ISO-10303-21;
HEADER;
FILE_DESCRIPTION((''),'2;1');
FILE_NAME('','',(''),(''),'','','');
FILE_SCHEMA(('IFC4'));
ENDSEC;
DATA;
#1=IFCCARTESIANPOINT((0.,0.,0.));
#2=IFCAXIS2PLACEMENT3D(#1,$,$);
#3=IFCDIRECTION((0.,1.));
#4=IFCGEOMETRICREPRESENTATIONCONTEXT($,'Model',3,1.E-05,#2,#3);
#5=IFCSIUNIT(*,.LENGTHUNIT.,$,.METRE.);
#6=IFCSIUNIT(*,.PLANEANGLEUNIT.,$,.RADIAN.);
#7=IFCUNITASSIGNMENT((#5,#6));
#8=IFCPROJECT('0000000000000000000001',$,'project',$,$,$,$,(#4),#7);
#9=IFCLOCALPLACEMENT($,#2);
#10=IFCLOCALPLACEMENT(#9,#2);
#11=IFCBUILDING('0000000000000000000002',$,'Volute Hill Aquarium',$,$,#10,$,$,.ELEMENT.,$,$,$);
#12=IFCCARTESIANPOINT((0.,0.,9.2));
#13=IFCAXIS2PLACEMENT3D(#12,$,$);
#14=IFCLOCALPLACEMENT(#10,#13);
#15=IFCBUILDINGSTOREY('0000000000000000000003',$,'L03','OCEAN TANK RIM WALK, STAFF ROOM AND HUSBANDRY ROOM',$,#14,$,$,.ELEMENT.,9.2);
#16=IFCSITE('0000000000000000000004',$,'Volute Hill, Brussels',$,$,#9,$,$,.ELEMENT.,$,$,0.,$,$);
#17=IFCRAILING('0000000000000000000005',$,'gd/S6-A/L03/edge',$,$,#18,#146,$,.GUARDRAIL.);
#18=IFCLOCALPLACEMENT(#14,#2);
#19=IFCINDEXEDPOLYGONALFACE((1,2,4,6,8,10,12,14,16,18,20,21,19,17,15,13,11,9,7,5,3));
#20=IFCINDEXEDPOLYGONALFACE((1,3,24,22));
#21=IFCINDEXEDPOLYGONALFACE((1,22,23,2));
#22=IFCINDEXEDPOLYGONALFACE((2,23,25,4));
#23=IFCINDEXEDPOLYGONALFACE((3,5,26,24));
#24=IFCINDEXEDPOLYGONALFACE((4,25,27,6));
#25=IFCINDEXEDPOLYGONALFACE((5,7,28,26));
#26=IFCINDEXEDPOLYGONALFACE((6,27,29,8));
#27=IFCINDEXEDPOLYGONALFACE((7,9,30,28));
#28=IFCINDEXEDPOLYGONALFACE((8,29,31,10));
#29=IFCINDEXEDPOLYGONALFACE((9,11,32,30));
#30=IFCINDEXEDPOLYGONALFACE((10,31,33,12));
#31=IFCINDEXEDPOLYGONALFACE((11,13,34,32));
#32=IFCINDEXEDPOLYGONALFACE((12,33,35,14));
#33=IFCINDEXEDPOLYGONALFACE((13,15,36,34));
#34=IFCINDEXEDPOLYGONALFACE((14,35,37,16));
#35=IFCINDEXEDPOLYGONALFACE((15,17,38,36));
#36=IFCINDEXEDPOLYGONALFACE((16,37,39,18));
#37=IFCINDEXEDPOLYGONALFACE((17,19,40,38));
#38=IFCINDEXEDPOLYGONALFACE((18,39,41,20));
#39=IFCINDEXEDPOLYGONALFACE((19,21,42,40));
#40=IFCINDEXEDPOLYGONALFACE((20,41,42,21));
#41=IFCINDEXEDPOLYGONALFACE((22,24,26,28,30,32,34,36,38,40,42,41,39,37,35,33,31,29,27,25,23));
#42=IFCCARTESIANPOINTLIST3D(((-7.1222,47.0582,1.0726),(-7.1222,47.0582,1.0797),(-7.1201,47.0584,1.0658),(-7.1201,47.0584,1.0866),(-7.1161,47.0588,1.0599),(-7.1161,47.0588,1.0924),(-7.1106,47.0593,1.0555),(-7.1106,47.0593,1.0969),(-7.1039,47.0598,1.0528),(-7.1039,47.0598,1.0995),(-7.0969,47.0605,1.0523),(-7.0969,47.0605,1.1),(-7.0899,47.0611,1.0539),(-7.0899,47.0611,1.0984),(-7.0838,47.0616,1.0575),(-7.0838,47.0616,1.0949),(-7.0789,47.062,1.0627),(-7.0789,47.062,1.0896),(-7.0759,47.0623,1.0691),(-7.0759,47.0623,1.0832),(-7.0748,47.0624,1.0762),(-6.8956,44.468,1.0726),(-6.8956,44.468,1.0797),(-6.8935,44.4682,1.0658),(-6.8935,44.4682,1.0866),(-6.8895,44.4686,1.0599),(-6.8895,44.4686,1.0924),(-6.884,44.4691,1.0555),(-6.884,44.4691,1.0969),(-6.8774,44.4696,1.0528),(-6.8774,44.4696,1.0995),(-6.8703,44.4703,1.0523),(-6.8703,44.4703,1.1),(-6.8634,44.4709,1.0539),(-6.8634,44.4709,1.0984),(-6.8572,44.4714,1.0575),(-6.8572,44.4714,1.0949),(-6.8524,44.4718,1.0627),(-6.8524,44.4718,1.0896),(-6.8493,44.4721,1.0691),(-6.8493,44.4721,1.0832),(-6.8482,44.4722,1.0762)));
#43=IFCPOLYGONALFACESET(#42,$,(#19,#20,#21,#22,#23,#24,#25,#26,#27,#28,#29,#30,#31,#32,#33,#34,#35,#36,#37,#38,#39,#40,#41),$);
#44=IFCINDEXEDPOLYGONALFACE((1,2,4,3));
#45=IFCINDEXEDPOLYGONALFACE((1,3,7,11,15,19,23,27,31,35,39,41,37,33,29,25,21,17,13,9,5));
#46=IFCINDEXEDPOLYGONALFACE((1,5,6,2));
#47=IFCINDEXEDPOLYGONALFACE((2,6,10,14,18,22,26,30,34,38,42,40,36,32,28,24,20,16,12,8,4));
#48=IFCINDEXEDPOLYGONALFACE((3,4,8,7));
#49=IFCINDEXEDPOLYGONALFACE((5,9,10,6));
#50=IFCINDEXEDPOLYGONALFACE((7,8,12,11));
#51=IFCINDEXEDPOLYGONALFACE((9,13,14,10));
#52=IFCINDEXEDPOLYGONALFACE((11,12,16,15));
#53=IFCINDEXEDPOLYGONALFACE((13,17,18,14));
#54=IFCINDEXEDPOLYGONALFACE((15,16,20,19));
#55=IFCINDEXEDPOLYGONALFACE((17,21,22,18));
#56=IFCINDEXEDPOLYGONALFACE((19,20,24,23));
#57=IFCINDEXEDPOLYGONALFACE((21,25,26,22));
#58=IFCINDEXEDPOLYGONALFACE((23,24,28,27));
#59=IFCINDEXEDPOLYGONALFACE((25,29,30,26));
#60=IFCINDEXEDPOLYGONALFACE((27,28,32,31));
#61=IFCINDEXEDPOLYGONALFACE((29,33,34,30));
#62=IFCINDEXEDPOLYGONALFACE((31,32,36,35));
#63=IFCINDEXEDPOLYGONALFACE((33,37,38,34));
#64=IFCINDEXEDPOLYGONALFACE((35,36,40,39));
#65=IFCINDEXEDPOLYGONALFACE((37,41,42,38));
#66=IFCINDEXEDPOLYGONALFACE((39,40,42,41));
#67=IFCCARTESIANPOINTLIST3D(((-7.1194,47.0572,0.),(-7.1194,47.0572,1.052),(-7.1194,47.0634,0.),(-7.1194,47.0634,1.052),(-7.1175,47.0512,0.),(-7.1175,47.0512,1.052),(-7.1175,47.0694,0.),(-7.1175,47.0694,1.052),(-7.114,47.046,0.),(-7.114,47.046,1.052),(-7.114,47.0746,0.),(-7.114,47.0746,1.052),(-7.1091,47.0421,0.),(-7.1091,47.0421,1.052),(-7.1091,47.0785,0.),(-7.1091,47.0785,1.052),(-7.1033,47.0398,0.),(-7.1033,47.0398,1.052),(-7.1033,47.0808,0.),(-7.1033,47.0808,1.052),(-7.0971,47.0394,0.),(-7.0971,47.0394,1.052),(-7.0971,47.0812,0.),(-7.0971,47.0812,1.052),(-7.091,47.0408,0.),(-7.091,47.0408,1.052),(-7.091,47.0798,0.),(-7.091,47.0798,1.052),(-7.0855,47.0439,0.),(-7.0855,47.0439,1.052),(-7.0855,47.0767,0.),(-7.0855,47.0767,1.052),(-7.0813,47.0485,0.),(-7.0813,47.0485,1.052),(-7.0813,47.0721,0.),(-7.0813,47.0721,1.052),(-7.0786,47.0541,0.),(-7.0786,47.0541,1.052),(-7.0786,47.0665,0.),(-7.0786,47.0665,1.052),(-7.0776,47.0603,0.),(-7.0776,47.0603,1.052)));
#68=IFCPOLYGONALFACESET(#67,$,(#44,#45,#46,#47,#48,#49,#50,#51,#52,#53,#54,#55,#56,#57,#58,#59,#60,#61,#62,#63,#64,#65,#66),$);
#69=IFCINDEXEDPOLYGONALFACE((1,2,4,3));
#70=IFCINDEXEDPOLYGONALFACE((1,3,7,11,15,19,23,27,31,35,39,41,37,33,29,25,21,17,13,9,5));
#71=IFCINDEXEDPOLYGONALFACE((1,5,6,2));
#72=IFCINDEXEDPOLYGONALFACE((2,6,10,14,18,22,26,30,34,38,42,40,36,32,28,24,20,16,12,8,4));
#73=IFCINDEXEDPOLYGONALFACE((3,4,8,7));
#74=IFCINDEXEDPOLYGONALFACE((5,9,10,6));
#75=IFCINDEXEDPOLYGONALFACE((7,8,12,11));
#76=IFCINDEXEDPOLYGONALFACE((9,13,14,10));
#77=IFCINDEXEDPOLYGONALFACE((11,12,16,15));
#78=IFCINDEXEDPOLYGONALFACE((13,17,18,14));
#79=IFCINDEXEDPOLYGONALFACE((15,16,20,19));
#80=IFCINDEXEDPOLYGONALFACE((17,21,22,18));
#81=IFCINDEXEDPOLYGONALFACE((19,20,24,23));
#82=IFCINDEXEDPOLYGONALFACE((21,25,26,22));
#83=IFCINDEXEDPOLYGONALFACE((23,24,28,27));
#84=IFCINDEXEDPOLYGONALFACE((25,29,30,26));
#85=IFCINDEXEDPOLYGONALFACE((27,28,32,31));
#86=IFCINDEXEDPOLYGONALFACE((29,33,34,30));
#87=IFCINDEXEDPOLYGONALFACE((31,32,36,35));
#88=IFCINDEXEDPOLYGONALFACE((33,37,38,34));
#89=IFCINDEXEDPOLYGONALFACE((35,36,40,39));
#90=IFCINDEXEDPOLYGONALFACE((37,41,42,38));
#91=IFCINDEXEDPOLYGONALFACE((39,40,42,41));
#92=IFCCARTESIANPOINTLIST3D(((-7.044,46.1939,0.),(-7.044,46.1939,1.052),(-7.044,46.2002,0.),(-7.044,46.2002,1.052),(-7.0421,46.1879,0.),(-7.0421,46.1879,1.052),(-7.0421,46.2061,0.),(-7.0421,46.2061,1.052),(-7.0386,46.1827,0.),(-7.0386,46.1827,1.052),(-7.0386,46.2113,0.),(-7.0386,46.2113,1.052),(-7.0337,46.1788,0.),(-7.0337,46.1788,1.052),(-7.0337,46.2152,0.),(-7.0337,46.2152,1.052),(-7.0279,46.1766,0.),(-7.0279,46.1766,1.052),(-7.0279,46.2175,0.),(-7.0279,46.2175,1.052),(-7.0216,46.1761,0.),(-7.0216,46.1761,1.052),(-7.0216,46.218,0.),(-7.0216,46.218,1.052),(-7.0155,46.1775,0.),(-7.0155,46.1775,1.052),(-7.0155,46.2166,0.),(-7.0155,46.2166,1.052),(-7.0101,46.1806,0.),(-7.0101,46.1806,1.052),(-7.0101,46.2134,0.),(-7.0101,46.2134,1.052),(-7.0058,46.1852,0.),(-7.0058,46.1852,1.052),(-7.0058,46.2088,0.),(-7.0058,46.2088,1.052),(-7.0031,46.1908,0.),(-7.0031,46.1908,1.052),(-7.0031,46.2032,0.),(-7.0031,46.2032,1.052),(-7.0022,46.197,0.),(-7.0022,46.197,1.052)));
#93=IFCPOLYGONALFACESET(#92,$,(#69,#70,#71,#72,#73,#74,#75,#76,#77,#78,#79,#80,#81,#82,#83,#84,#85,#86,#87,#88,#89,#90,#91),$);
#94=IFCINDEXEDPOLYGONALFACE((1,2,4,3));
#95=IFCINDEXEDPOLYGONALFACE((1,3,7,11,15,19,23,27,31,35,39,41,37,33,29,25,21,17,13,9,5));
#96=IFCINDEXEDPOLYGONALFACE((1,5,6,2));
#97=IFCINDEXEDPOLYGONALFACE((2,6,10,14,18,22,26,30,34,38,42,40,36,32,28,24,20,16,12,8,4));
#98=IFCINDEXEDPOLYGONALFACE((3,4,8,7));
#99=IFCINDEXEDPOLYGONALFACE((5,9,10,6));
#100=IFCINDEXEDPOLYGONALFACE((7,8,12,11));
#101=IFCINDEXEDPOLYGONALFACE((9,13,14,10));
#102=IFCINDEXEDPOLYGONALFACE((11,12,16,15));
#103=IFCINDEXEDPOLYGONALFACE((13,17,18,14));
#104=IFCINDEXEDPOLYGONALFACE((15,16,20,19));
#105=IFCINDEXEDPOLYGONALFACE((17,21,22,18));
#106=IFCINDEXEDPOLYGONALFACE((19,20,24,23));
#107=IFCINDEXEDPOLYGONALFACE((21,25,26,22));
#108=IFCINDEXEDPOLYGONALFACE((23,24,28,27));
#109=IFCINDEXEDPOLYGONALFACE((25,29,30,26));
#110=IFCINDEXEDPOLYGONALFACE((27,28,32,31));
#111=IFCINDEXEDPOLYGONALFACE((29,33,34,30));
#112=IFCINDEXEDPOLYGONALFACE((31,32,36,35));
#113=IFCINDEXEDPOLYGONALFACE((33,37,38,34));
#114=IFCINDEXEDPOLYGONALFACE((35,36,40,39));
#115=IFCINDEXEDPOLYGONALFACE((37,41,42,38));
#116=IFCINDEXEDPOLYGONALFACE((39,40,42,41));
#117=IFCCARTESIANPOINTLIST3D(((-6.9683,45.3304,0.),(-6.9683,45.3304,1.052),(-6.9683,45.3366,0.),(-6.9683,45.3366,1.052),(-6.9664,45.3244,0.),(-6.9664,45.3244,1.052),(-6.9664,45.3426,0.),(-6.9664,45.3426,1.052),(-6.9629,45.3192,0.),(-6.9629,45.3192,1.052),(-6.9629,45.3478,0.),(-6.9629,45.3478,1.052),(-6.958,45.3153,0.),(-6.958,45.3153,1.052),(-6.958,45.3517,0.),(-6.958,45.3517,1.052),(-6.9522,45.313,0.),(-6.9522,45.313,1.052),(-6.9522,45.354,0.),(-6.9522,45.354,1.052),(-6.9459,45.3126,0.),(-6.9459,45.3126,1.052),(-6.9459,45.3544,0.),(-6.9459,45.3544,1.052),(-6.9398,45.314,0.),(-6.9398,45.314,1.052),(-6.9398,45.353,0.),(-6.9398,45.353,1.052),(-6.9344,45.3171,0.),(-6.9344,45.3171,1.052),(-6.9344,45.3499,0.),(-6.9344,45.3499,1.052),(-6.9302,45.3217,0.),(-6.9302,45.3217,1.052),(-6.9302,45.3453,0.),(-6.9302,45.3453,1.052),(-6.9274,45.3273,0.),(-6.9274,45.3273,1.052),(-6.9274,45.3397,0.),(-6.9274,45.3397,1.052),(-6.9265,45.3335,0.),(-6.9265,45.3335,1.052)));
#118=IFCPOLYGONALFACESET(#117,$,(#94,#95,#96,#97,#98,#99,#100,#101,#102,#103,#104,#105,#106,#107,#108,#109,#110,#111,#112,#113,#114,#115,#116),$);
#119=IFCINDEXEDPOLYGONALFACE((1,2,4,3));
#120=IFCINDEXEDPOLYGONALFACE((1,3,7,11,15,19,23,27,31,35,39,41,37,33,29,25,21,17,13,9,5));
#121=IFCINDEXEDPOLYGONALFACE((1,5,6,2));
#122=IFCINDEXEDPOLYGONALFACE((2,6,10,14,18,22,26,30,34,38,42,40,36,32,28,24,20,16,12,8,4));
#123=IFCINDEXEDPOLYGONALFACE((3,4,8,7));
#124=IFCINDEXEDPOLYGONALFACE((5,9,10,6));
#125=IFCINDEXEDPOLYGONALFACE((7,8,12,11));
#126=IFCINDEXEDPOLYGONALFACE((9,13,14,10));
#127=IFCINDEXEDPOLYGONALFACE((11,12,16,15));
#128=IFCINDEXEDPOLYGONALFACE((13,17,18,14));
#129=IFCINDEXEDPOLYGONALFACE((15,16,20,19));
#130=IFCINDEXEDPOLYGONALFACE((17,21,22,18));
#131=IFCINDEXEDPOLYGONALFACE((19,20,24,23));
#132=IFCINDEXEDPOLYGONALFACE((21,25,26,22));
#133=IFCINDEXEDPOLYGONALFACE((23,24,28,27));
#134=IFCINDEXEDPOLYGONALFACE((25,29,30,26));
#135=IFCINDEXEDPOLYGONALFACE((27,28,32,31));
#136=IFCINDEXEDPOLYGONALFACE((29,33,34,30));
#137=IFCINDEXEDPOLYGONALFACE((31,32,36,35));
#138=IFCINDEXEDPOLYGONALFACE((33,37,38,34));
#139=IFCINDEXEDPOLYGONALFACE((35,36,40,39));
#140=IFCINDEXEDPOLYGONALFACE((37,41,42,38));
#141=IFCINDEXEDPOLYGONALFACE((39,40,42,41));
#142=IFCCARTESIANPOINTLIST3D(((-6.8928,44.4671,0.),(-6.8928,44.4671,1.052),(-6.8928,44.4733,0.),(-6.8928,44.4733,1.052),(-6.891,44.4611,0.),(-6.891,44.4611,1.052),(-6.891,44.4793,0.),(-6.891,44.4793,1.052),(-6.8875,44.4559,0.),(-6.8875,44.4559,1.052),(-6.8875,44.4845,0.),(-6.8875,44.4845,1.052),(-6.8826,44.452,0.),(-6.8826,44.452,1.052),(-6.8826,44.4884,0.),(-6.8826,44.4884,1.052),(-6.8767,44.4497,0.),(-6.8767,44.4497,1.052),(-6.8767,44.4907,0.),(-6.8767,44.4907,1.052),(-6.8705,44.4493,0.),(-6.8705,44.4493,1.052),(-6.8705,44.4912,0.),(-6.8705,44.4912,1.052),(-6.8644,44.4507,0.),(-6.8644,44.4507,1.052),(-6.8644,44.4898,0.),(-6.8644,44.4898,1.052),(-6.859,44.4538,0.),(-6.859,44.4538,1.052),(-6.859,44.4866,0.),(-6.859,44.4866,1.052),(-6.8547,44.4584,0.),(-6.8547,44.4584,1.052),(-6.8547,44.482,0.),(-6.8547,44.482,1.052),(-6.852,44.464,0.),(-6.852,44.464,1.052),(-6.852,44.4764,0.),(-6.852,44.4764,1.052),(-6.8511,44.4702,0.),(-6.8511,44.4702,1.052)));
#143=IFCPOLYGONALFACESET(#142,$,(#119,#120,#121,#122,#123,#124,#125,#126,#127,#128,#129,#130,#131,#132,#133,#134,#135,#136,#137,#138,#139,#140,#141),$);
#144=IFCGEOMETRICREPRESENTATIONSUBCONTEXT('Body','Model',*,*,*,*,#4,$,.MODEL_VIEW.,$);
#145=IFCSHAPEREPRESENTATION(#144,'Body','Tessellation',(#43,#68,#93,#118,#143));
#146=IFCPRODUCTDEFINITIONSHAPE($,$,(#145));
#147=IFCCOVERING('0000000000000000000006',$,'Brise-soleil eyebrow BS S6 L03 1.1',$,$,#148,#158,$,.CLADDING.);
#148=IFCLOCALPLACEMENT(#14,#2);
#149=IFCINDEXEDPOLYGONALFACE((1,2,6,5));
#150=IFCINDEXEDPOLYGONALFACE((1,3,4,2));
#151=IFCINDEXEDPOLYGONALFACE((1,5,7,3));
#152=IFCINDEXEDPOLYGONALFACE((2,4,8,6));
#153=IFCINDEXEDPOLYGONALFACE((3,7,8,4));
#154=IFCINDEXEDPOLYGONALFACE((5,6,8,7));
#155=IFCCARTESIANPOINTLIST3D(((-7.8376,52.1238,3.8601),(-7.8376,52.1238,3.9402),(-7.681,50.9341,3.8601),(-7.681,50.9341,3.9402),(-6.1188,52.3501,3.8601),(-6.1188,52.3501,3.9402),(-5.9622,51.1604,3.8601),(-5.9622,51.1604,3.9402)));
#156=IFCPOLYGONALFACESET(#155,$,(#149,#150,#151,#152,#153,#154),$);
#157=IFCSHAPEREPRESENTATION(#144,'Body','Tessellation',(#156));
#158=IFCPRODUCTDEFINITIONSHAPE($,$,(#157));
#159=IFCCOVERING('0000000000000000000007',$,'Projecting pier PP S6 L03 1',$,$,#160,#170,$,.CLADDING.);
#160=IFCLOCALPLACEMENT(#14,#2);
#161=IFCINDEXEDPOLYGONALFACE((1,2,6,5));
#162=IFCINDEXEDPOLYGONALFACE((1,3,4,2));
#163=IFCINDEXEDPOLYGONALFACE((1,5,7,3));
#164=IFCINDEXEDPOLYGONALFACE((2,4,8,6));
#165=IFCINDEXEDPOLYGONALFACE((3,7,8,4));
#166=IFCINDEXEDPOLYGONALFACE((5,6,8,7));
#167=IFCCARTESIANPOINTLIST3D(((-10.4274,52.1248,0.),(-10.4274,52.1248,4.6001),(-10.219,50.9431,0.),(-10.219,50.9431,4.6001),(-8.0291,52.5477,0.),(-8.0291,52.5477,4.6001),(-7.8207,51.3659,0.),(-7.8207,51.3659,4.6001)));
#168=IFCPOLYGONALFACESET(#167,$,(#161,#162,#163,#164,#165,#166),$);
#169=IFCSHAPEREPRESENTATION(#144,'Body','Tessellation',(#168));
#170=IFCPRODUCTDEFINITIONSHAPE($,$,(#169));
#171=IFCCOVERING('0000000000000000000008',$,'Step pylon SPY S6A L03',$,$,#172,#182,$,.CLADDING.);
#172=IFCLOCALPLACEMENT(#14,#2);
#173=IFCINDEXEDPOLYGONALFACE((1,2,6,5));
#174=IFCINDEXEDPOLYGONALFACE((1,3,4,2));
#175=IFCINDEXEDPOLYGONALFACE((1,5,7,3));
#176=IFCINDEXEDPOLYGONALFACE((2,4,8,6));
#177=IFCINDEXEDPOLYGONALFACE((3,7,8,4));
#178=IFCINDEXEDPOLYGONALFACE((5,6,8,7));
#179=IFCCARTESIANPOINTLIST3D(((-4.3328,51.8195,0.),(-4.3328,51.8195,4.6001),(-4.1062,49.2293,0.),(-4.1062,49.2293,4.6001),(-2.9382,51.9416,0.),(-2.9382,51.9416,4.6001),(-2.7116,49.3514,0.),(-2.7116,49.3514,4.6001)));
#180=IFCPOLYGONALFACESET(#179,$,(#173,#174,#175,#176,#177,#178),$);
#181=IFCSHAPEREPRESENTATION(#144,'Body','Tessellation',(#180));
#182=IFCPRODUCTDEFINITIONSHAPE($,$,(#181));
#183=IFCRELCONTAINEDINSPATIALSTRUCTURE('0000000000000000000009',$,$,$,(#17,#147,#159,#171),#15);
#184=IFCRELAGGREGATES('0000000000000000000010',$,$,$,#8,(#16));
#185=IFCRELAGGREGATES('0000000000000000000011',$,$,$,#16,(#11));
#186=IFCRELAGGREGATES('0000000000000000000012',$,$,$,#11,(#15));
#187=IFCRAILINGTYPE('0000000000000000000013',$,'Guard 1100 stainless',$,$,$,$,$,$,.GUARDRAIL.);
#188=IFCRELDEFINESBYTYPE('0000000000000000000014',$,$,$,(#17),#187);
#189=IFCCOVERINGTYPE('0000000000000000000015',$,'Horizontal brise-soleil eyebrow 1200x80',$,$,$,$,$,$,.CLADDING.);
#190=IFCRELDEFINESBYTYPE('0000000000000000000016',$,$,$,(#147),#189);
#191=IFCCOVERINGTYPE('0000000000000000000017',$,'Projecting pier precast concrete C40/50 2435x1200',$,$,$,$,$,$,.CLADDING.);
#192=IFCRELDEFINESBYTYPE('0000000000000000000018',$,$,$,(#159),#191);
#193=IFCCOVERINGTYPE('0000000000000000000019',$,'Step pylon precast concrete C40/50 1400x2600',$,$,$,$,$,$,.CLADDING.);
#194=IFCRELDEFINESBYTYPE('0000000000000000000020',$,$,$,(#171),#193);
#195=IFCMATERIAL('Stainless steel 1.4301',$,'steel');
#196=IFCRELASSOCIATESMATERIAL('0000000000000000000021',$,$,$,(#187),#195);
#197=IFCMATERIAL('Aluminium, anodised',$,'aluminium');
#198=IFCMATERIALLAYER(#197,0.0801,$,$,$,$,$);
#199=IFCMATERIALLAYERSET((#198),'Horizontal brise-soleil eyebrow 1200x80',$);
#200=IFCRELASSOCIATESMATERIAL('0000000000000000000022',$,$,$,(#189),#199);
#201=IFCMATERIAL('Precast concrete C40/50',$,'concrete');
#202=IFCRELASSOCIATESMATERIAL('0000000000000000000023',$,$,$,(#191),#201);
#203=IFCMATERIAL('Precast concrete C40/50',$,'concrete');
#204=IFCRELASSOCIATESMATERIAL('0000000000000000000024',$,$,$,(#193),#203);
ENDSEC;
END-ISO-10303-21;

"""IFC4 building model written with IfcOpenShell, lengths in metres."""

from ifc_helpers import new_model, si_unit, direction, frame, origin, origin_2d, place, context, subcontext, project, spatial, rectangle, circle, extrude, material, layer, layer_set, type_object, element, save


model = new_model("IFC4")

# Units and contexts
model_context = context("Model", 3, precision=1e-05, world=origin(), true_north=direction((0.0, 1.0)))
body_context = subcontext(model_context, "Body", "Model", "MODEL_VIEW")
ifc_project = project(units=[si_unit("LENGTHUNIT", "METRE"), si_unit("PLANEANGLEUNIT", "RADIAN")], contexts=[model_context])

# Site, building, storey
site_placement = place(None, origin())
site = spatial("IfcSite", under=ifc_project, at=site_placement, Name="Volute Hill, Brussels", CompositionType="ELEMENT", RefElevation=0.0)
building_placement = place(site_placement, origin())
building = spatial("IfcBuilding", under=site, at=building_placement, Name="Volute Hill Aquarium", CompositionType="ELEMENT")
storey_placement = place(building_placement, frame((0.0, 0.0, 9.2)))
storey = spatial("IfcBuildingStorey", under=building, at=storey_placement, Name="L03", Description="OCEAN TANK RIM WALK, STAFF ROOM AND HUSBANDRY ROOM", CompositionType="ELEMENT", Elevation=9.2)

# Railing
ifc_material_1 = material(Name="Stainless steel 1.4301", Category="steel")
railing_type_1 = type_object("IfcRailingType", Name="Guard 1100 stainless", PredefinedType="GUARDRAIL", material=ifc_material_1)
railing_1_placement = place(storey_placement, frame((-7.0986, 47.0603, 0.0)))
element("IfcRailing", 1, at=railing_1_placement, inside=storey, type_object=railing_type_1, Name="gd/S6-A/L03/edge", PredefinedType="GUARDRAIL", context=body_context, shape_type="SweptSolid", body=[
    extrude(circle(Radius=0.0239, at=origin_2d()), frame((0.0, 0.0, 1.0762), z_axis=(0.08714, -0.996196, 0.0), x_axis=(0.996196, 0.08714, 0.0)), (0.0, 0.0, 1.0), 2.6001),
    extrude(circle(Radius=0.021, at=origin_2d()), origin(), (0.0, 0.0, 1.0), 1.052),
    extrude(circle(Radius=0.021, at=origin_2d()), frame((0.0754, -0.8633, 0.0)), (0.0, 0.0, 1.0), 1.052),
    extrude(circle(Radius=0.021, at=origin_2d()), frame((0.1511, -1.7268, 0.0)), (0.0, 0.0, 1.0), 1.052),
    extrude(circle(Radius=0.021, at=origin_2d()), frame((0.2266, -2.5901, 0.0)), (0.0, 0.0, 1.0), 1.052),
])

# Coverings
ifc_material_2 = material(Name="Aluminium, anodised", Category="aluminium")
ifc_layer_1 = layer(ifc_material_2, 0.0801)
ifc_layer_set_1 = layer_set([ifc_layer_1], Name="Horizontal brise-soleil eyebrow 1200x80")
covering_type_1 = type_object("IfcCoveringType", Name="Horizontal brise-soleil eyebrow 1200x80", PredefinedType="CLADDING", material=ifc_layer_set_1)
covering_1_placement = place(storey_placement, frame((-6.8999, 51.6421, 3.8601), z_axis=(0.0, 0.0, 1.0), x_axis=(-0.991445, -0.130526, 0.0)))
element("IfcCovering", 2, at=covering_1_placement, inside=storey, type_object=covering_type_1, Name="Brise-soleil eyebrow BS S6 L03 1.1", PredefinedType="CLADDING", context=body_context, shape_type="SweptSolid", body=[
    extrude(rectangle(XDim=1.7336, YDim=1.2, at=origin_2d()), origin(), (0.0, 0.0, 1.0), 0.0801),
])
ifc_material_3 = material(Name="Precast concrete C40/50", Category="concrete")
covering_type_2 = type_object("IfcCoveringType", Name="Projecting pier precast concrete C40/50 2435x1200", PredefinedType="CLADDING", material=ifc_material_3)
covering_2_placement = place(storey_placement, frame((-9.124, 51.7454, 0.0), z_axis=(0.0, 0.0, 1.0), x_axis=(-0.984808, -0.173648, 0.0)))
element("IfcCovering", 3, at=covering_2_placement, inside=storey, type_object=covering_type_2, Name="Projecting pier PP S6 L03 1", PredefinedType="CLADDING", context=body_context, shape_type="SweptSolid", body=[
    extrude(rectangle(XDim=2.4353, YDim=1.2, at=origin_2d()), origin(), (0.0, 0.0, 1.0), 4.6001),
])
ifc_material_4 = material(Name="Precast concrete C40/50", Category="concrete")
covering_type_3 = type_object("IfcCoveringType", Name="Step pylon precast concrete C40/50 1400x2600", PredefinedType="CLADDING", material=ifc_material_4)
covering_3_placement = place(storey_placement, frame((-3.5222, 50.5854, 0.0), z_axis=(0.0, 0.0, 1.0), x_axis=(-0.087156, 0.996195, 0.0)))
element("IfcCovering", 4, at=covering_3_placement, inside=storey, type_object=covering_type_3, Name="Step pylon SPY S6A L03", PredefinedType="CLADDING", context=body_context, shape_type="SweptSolid", body=[
    extrude(rectangle(XDim=2.6001, YDim=1.3999, at=origin_2d()), origin(), (0.0, 0.0, 1.0), 4.6001),
])

save(model, "model.ifc")
